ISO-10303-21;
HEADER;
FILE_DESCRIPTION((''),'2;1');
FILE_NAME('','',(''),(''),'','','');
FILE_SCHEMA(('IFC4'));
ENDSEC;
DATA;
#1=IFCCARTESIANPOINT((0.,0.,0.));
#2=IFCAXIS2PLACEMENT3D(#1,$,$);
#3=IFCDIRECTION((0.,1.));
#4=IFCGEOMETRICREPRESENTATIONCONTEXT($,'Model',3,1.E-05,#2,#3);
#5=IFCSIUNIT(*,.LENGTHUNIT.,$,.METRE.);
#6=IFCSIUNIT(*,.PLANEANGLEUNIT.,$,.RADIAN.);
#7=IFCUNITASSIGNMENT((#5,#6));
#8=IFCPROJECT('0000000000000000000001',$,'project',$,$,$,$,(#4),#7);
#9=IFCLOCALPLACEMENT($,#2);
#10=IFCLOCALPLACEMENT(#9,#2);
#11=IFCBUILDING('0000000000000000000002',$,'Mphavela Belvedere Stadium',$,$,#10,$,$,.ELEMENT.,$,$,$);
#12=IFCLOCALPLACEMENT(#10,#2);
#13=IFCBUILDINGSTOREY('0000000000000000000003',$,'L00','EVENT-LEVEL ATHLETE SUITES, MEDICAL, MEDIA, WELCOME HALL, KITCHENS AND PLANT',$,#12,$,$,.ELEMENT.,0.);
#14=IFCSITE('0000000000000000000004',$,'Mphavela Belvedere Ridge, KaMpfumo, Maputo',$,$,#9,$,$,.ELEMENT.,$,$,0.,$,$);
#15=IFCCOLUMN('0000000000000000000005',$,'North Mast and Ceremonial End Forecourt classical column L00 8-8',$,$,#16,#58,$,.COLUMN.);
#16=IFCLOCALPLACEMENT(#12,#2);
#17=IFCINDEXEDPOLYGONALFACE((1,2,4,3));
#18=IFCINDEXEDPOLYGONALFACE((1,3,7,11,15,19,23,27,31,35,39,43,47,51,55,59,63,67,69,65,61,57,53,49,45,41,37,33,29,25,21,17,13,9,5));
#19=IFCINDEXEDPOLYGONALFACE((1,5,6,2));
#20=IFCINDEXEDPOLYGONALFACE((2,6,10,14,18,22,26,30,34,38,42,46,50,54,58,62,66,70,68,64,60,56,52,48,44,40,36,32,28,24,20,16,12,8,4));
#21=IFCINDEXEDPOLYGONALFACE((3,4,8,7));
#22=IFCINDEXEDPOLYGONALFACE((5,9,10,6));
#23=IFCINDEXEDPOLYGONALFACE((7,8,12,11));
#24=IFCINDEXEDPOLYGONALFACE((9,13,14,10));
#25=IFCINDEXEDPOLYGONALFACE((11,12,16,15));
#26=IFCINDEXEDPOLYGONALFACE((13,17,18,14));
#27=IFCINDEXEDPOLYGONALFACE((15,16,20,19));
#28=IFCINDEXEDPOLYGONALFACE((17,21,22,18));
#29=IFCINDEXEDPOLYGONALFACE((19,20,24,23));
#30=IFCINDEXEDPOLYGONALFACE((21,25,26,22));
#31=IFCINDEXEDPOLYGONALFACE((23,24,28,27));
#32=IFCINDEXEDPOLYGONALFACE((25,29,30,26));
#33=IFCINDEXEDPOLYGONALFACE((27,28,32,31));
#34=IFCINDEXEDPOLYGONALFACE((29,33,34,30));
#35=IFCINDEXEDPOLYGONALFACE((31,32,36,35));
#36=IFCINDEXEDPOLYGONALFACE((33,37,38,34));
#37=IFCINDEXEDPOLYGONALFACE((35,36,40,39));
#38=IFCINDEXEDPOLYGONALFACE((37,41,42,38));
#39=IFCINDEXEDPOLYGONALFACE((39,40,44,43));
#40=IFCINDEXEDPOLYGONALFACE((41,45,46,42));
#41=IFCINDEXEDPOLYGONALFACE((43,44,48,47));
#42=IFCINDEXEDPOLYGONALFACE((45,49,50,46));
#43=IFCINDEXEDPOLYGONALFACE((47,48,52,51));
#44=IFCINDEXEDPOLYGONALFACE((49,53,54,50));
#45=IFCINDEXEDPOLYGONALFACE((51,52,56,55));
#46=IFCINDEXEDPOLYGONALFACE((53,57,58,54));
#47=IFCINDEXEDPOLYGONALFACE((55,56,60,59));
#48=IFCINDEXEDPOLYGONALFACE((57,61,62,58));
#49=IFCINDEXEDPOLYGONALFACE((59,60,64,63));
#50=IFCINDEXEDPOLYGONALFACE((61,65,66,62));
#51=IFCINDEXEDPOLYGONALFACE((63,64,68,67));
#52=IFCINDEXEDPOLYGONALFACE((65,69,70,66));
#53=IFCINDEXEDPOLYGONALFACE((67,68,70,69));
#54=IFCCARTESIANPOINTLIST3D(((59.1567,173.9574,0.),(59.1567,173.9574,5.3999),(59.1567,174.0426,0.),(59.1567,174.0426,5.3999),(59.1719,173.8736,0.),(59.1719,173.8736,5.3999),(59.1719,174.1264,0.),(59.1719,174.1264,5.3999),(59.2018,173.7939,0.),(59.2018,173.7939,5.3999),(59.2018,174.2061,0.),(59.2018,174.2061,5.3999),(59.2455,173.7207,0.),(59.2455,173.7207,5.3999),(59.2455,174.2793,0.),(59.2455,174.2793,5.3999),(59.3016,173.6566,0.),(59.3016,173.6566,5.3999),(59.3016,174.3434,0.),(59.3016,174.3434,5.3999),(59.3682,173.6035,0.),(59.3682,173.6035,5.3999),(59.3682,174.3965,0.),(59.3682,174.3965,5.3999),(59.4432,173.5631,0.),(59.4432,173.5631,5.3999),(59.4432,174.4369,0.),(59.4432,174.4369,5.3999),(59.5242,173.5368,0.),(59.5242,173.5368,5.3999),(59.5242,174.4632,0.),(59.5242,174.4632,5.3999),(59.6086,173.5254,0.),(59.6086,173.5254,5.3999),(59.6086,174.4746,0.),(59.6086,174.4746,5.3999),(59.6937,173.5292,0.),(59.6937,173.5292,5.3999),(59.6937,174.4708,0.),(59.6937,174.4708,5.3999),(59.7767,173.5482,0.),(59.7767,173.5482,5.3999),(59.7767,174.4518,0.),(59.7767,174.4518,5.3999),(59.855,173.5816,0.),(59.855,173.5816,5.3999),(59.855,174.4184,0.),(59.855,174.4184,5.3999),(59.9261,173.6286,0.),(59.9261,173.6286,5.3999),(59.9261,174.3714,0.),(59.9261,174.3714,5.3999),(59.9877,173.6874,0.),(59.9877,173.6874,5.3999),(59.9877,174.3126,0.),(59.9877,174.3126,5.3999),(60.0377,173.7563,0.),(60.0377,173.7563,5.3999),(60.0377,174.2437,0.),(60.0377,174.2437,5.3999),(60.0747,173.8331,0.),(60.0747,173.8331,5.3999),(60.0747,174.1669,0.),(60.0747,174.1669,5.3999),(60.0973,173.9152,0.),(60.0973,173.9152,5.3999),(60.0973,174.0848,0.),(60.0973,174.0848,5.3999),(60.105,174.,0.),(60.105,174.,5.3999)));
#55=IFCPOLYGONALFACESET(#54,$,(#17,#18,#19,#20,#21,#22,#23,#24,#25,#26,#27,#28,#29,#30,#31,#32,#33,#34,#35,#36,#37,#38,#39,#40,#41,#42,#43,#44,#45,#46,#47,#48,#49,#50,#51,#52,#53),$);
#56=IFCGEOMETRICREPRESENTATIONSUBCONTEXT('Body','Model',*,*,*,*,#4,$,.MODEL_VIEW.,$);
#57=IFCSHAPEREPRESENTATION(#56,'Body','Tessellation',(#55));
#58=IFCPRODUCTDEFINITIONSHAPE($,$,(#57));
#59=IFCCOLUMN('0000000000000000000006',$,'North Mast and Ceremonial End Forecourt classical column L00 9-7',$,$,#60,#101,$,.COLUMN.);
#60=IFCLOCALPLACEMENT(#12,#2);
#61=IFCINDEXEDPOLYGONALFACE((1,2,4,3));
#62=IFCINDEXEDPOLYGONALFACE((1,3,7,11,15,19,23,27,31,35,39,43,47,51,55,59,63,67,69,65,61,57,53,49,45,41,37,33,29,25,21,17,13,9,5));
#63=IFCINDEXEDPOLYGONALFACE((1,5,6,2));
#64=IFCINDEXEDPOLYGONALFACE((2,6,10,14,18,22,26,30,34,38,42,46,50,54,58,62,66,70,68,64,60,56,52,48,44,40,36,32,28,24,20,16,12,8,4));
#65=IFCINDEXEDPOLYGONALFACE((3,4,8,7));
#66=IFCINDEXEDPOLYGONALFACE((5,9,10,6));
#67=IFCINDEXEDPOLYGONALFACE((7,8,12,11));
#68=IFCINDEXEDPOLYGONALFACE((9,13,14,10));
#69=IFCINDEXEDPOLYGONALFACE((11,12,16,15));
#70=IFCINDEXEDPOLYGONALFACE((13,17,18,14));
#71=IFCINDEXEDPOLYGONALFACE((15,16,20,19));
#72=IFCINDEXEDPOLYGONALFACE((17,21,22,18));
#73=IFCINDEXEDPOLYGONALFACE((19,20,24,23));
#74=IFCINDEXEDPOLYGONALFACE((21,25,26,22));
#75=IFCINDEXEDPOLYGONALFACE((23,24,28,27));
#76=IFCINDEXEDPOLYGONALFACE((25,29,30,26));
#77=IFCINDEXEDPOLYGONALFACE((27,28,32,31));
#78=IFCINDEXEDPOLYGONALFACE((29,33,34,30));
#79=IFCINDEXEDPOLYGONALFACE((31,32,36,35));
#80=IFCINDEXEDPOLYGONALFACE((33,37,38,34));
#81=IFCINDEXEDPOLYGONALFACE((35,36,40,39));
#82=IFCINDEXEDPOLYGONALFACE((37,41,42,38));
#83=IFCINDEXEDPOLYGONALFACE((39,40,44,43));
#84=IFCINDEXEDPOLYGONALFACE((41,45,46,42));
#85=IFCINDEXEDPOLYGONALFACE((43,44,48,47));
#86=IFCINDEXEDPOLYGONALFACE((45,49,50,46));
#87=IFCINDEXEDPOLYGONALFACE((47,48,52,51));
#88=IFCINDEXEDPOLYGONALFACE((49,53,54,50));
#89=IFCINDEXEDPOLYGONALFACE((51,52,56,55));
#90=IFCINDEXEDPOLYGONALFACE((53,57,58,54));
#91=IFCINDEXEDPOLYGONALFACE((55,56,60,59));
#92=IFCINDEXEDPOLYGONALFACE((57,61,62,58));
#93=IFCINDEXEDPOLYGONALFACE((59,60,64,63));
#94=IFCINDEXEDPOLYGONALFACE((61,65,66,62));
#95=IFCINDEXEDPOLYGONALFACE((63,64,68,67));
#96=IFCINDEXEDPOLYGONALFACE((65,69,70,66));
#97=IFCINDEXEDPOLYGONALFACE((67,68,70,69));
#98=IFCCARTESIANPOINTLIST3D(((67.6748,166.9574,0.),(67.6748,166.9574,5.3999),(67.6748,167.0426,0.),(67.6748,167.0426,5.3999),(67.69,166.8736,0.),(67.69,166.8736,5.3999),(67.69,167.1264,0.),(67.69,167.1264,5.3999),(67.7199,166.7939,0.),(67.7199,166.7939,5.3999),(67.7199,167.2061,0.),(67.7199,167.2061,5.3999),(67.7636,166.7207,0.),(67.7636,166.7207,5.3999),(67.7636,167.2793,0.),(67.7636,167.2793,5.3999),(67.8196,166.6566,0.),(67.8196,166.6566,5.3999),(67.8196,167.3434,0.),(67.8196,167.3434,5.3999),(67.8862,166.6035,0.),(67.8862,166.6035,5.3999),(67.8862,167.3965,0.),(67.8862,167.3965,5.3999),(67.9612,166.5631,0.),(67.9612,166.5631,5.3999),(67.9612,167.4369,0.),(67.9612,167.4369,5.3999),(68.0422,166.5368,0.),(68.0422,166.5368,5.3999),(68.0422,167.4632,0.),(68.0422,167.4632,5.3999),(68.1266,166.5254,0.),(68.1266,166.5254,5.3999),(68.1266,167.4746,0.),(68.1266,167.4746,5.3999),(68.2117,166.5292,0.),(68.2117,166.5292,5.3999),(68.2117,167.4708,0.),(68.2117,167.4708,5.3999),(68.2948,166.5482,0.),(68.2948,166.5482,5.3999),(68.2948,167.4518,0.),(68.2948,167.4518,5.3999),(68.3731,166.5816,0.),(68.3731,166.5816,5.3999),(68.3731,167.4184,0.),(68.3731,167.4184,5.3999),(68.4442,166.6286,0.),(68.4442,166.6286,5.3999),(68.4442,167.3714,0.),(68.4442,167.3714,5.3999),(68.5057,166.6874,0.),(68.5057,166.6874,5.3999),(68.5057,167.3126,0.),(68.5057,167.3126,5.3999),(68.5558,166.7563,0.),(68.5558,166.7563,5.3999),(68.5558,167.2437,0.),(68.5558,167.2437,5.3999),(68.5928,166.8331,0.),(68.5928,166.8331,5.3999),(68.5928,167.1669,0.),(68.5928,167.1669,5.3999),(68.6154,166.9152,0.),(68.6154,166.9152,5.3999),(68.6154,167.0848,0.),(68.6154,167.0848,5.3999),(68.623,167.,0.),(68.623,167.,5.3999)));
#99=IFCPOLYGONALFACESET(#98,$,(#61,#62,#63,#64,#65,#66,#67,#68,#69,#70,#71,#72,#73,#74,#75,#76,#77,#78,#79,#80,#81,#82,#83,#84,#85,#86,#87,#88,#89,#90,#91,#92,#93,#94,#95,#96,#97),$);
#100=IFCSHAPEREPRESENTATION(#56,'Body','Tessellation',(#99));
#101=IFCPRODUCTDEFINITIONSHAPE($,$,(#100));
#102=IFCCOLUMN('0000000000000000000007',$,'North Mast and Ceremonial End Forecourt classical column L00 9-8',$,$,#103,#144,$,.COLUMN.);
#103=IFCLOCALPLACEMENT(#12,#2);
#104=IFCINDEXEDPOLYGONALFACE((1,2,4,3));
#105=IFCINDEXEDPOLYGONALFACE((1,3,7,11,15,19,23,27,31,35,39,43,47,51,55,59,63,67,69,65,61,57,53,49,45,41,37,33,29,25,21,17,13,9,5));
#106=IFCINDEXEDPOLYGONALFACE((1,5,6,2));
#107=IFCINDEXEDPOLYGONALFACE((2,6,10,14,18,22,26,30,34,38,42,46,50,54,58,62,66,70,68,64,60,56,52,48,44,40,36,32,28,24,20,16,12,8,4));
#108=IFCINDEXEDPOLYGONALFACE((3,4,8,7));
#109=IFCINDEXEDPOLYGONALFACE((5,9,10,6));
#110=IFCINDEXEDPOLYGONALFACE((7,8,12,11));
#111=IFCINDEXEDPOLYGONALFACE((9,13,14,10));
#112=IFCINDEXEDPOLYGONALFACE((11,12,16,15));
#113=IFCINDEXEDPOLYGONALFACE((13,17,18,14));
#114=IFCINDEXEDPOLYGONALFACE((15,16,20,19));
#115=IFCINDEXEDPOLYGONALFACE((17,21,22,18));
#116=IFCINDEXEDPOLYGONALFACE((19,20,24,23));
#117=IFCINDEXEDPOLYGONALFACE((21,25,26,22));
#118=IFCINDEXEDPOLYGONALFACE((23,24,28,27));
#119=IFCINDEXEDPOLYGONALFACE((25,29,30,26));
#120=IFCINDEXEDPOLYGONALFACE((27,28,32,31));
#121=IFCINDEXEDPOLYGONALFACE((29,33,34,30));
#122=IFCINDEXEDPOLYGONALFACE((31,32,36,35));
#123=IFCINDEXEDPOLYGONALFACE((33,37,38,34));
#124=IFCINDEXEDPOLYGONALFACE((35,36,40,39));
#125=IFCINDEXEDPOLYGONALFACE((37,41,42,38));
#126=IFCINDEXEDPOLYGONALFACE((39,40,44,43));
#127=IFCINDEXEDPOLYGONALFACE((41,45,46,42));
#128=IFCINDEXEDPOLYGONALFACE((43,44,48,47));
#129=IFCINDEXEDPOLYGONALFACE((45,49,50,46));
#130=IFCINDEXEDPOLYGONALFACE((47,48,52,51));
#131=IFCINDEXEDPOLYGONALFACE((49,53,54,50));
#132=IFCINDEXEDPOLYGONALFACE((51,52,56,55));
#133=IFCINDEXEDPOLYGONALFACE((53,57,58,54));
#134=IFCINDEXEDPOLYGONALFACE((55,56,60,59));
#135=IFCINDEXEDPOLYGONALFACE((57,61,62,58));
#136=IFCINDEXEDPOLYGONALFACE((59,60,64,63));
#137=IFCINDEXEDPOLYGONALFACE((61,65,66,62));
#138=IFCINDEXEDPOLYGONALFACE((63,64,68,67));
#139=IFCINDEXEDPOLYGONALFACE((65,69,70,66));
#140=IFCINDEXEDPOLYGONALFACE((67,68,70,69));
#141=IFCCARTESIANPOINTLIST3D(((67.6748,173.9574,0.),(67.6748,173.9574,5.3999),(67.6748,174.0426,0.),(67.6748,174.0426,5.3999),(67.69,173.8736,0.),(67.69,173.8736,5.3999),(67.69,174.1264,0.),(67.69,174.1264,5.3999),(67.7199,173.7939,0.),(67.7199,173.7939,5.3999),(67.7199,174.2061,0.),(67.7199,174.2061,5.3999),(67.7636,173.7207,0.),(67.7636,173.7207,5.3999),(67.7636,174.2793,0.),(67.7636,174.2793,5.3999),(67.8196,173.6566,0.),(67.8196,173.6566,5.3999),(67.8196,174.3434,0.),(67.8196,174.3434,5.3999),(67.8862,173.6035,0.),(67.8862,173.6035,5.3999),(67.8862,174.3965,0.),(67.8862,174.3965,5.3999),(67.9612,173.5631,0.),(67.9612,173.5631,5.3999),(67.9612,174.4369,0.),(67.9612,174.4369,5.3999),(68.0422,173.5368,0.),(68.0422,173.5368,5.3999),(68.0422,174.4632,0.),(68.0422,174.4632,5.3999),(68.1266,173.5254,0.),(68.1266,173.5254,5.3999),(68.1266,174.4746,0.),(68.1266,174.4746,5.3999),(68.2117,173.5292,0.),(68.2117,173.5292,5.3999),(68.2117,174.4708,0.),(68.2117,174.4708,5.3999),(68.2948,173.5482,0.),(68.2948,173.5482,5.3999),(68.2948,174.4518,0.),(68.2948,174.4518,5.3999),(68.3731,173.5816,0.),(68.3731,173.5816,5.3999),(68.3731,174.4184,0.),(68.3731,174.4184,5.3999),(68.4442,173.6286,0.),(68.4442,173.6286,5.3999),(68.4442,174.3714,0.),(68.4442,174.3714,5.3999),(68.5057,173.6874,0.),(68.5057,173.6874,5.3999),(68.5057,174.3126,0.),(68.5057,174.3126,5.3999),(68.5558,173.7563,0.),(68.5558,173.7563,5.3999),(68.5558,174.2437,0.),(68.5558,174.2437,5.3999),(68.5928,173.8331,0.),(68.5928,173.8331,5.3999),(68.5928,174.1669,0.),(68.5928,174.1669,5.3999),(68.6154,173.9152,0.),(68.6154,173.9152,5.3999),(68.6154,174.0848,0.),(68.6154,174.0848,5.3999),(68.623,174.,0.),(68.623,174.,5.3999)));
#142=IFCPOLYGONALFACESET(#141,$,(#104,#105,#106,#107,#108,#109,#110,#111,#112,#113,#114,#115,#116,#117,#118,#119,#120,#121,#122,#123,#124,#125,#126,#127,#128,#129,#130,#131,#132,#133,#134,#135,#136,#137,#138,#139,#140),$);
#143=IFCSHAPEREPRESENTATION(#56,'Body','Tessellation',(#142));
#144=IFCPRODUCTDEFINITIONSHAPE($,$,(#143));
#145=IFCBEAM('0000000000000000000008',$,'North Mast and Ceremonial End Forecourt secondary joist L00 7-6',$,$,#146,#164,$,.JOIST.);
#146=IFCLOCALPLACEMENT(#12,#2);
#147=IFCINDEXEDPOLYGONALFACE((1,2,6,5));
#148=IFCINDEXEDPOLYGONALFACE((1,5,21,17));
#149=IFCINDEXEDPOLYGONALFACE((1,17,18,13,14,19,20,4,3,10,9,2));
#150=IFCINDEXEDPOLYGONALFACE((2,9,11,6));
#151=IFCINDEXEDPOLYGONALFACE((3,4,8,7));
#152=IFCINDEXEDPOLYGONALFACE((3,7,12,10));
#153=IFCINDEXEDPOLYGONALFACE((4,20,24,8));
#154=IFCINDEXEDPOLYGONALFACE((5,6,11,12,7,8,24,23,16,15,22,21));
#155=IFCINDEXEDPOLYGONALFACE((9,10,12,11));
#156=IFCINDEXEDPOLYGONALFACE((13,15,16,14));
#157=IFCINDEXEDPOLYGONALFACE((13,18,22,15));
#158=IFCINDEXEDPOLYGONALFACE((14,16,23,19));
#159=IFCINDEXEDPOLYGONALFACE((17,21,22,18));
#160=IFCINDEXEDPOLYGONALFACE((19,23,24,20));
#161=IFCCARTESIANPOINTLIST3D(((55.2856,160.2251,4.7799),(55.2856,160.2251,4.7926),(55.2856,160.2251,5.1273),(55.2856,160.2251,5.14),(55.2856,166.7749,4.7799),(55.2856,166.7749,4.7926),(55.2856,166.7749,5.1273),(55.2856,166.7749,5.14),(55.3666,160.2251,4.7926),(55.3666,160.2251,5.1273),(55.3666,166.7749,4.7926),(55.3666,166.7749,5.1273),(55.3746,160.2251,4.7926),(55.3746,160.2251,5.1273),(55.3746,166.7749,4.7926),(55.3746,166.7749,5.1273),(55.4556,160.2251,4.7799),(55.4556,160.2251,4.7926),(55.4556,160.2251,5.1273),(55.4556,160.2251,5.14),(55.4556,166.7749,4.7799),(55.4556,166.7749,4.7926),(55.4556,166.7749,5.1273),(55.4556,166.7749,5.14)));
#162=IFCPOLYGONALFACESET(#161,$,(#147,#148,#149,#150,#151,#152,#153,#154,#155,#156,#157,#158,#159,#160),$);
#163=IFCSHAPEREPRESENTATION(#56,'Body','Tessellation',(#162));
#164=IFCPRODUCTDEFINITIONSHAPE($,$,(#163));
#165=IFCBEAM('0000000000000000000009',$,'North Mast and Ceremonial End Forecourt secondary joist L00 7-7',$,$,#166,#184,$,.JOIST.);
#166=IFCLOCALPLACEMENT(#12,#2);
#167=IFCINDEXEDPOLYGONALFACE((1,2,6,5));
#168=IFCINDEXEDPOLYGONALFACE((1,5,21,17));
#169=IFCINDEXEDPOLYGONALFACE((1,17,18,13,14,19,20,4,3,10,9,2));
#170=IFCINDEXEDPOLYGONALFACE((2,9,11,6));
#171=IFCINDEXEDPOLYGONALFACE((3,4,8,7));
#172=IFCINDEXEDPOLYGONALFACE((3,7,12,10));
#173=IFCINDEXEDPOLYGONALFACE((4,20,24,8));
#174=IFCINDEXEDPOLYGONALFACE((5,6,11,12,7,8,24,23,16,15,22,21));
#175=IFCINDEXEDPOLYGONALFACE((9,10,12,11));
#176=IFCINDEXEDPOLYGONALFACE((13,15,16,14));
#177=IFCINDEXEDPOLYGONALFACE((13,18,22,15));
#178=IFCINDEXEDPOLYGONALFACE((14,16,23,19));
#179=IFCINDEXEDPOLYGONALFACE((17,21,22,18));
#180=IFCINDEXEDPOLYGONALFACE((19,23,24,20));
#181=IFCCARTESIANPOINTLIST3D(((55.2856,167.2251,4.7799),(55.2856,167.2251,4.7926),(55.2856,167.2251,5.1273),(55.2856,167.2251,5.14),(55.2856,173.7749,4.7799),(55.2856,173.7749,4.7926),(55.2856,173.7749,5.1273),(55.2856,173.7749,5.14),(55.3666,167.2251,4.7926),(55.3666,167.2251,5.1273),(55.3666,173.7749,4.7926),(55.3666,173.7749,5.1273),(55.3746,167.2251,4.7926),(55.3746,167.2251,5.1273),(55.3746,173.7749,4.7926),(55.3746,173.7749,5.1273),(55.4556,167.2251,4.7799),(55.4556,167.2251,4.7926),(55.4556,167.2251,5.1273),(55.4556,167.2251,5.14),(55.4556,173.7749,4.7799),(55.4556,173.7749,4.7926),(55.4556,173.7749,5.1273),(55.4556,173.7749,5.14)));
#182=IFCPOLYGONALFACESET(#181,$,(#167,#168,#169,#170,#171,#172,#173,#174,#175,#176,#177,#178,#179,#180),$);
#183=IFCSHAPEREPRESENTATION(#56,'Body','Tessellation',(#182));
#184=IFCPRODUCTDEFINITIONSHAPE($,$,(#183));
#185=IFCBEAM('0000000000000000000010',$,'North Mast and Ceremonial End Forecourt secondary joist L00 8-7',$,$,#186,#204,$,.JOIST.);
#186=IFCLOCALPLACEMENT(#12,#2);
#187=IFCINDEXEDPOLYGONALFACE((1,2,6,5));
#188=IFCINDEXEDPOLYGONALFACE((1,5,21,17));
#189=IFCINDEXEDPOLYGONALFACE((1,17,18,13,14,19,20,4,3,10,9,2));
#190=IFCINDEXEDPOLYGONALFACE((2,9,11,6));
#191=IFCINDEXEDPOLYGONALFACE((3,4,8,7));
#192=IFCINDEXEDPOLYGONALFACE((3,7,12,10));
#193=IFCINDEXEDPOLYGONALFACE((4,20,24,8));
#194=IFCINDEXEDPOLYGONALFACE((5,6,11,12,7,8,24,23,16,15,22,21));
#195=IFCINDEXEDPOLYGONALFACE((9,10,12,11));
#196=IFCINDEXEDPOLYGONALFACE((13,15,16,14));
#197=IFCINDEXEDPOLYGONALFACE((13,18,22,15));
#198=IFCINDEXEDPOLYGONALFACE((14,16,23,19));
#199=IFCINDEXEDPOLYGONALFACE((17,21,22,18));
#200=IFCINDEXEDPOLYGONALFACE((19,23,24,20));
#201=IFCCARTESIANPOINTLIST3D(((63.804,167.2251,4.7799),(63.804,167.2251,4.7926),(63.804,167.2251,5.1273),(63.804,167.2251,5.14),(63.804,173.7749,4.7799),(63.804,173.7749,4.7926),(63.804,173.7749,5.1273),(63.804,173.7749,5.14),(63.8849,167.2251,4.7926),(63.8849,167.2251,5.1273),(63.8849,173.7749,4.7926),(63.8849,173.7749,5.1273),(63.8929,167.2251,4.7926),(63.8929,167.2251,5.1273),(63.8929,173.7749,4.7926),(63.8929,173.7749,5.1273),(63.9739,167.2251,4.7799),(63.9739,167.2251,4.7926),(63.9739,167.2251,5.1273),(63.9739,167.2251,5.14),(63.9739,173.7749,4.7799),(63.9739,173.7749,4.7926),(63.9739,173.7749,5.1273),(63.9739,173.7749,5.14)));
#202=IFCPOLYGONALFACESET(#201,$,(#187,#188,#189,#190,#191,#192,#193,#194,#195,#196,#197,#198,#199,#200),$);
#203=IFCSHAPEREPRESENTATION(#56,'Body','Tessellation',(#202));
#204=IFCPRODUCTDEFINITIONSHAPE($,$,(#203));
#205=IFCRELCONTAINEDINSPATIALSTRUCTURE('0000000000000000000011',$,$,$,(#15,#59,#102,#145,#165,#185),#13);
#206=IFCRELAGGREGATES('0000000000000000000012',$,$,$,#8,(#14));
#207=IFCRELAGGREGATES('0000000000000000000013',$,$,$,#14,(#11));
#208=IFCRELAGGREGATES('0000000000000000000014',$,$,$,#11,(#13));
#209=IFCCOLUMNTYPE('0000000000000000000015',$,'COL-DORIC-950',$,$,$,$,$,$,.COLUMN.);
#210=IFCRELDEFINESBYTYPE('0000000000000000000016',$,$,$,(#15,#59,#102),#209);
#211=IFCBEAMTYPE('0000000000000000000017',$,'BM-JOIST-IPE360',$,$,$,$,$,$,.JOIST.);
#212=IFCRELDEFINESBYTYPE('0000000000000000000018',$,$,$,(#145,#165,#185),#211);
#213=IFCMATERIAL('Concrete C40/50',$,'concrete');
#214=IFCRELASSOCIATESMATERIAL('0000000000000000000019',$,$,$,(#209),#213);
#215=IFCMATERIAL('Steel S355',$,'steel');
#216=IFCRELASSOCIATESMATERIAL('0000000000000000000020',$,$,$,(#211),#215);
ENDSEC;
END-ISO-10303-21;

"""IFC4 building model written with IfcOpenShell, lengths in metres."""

from ifc_helpers import new_model, si_unit, direction, frame, origin, origin_2d, place, context, subcontext, project, spatial, circle, i_section, extrude, material, material_profile, profile_set, type_object, element, save


model = new_model("IFC4")

# Units and contexts
model_context = context("Model", 3, precision=1e-05, world=origin(), true_north=direction((0.0, 1.0)))
body_context = subcontext(model_context, "Body", "Model", "MODEL_VIEW")
ifc_project = project(units=[si_unit("LENGTHUNIT", "METRE"), si_unit("PLANEANGLEUNIT", "RADIAN")], contexts=[model_context])

# Site, building, storey
site_placement = place(None, origin())
site = spatial("IfcSite", under=ifc_project, at=site_placement, Name="Mphavela Belvedere Ridge, KaMpfumo, Maputo", CompositionType="ELEMENT", RefElevation=0.0)
building_placement = place(site_placement, origin())
building = spatial("IfcBuilding", under=site, at=building_placement, Name="Mphavela Belvedere Stadium", CompositionType="ELEMENT")
storey_placement = place(building_placement, origin())
storey = spatial("IfcBuildingStorey", under=building, at=storey_placement, Name="L00", Description="EVENT-LEVEL ATHLETE SUITES, MEDICAL, MEDIA, WELCOME HALL, KITCHENS AND PLANT", CompositionType="ELEMENT", Elevation=0.0)

# Columns
ifc_material_1 = material(Name="Concrete C40/50", Category="concrete")
ifc_material_profile_1 = material_profile(ifc_material_1, circle(Radius=0.4751, at=origin_2d()), Name="COL D950")
ifc_profile_set_1 = profile_set([ifc_material_profile_1], Name="Concrete C40/50")
column_type = type_object("IfcColumnType", Name="COL-DORIC-950", PredefinedType="COLUMN", material=ifc_profile_set_1)
for number, where, z_axis, x_axis, name in (
    (1, (59.6299, 174.0, 0.0), (0.0, 0.0, 1.0), (1.0, 0.0, 0.0), "North Mast and Ceremonial End Forecourt classical column L00 8-8"),
    (2, (68.1479, 167.0, 0.0), (0.0, 0.0, 1.0), (1.0, 0.0, 0.0), "North Mast and Ceremonial End Forecourt classical column L00 9-7"),
    (3, (68.1479, 174.0, 0.0), (0.0, 0.0, 1.0), (1.0, 0.0, 0.0), "North Mast and Ceremonial End Forecourt classical column L00 9-8"),
):
    element("IfcColumn", number, at=place(storey_placement, frame(where, z_axis=z_axis, x_axis=x_axis)), inside=storey, type_object=column_type, Name=name, PredefinedType="COLUMN", context=body_context, shape_type="SweptSolid", body=[
        extrude(circle(Radius=0.4751, at=origin_2d()), origin(), (0.0, 0.0, 1.0), 5.3999),
    ])

# Beams
ifc_material_2 = material(Name="Steel S355", Category="steel")
ifc_material_profile_2 = material_profile(ifc_material_2, i_section(OverallWidth=0.1699, OverallDepth=0.3601, WebThickness=0.0081, FlangeThickness=0.0127, at=origin_2d()), Name="IPE 360")
ifc_profile_set_2 = profile_set([ifc_material_profile_2], Name="Steel S355")
beam_type_1 = type_object("IfcBeamType", Name="BM-JOIST-IPE360", PredefinedType="JOIST", material=ifc_profile_set_2)
for number, where, z_axis, x_axis, name in (
    (4, (55.3706, 160.2251, 4.96), (0.0, 1.0, 0.0), (-1.0, 0.0, 0.0), "North Mast and Ceremonial End Forecourt secondary joist L00 7-6"),
    (5, (55.3706, 167.2251, 4.96), (0.0, 1.0, 0.0), (-1.0, 0.0, 0.0), "North Mast and Ceremonial End Forecourt secondary joist L00 7-7"),
    (6, (63.8889, 167.2251, 4.96), (0.0, 1.0, 0.0), (-1.0, 0.0, 0.0), "North Mast and Ceremonial End Forecourt secondary joist L00 8-7"),
):
    element("IfcBeam", number, at=place(storey_placement, frame(where, z_axis=z_axis, x_axis=x_axis)), inside=storey, type_object=beam_type_1, Name=name, PredefinedType="JOIST", context=body_context, shape_type="SweptSolid", body=[
        extrude(i_section(OverallWidth=0.1699, OverallDepth=0.3601, WebThickness=0.0081, FlangeThickness=0.0127, at=origin_2d()), origin(), (0.0, 0.0, 1.0), 6.5498),
    ])

save(model, "model.ifc")
